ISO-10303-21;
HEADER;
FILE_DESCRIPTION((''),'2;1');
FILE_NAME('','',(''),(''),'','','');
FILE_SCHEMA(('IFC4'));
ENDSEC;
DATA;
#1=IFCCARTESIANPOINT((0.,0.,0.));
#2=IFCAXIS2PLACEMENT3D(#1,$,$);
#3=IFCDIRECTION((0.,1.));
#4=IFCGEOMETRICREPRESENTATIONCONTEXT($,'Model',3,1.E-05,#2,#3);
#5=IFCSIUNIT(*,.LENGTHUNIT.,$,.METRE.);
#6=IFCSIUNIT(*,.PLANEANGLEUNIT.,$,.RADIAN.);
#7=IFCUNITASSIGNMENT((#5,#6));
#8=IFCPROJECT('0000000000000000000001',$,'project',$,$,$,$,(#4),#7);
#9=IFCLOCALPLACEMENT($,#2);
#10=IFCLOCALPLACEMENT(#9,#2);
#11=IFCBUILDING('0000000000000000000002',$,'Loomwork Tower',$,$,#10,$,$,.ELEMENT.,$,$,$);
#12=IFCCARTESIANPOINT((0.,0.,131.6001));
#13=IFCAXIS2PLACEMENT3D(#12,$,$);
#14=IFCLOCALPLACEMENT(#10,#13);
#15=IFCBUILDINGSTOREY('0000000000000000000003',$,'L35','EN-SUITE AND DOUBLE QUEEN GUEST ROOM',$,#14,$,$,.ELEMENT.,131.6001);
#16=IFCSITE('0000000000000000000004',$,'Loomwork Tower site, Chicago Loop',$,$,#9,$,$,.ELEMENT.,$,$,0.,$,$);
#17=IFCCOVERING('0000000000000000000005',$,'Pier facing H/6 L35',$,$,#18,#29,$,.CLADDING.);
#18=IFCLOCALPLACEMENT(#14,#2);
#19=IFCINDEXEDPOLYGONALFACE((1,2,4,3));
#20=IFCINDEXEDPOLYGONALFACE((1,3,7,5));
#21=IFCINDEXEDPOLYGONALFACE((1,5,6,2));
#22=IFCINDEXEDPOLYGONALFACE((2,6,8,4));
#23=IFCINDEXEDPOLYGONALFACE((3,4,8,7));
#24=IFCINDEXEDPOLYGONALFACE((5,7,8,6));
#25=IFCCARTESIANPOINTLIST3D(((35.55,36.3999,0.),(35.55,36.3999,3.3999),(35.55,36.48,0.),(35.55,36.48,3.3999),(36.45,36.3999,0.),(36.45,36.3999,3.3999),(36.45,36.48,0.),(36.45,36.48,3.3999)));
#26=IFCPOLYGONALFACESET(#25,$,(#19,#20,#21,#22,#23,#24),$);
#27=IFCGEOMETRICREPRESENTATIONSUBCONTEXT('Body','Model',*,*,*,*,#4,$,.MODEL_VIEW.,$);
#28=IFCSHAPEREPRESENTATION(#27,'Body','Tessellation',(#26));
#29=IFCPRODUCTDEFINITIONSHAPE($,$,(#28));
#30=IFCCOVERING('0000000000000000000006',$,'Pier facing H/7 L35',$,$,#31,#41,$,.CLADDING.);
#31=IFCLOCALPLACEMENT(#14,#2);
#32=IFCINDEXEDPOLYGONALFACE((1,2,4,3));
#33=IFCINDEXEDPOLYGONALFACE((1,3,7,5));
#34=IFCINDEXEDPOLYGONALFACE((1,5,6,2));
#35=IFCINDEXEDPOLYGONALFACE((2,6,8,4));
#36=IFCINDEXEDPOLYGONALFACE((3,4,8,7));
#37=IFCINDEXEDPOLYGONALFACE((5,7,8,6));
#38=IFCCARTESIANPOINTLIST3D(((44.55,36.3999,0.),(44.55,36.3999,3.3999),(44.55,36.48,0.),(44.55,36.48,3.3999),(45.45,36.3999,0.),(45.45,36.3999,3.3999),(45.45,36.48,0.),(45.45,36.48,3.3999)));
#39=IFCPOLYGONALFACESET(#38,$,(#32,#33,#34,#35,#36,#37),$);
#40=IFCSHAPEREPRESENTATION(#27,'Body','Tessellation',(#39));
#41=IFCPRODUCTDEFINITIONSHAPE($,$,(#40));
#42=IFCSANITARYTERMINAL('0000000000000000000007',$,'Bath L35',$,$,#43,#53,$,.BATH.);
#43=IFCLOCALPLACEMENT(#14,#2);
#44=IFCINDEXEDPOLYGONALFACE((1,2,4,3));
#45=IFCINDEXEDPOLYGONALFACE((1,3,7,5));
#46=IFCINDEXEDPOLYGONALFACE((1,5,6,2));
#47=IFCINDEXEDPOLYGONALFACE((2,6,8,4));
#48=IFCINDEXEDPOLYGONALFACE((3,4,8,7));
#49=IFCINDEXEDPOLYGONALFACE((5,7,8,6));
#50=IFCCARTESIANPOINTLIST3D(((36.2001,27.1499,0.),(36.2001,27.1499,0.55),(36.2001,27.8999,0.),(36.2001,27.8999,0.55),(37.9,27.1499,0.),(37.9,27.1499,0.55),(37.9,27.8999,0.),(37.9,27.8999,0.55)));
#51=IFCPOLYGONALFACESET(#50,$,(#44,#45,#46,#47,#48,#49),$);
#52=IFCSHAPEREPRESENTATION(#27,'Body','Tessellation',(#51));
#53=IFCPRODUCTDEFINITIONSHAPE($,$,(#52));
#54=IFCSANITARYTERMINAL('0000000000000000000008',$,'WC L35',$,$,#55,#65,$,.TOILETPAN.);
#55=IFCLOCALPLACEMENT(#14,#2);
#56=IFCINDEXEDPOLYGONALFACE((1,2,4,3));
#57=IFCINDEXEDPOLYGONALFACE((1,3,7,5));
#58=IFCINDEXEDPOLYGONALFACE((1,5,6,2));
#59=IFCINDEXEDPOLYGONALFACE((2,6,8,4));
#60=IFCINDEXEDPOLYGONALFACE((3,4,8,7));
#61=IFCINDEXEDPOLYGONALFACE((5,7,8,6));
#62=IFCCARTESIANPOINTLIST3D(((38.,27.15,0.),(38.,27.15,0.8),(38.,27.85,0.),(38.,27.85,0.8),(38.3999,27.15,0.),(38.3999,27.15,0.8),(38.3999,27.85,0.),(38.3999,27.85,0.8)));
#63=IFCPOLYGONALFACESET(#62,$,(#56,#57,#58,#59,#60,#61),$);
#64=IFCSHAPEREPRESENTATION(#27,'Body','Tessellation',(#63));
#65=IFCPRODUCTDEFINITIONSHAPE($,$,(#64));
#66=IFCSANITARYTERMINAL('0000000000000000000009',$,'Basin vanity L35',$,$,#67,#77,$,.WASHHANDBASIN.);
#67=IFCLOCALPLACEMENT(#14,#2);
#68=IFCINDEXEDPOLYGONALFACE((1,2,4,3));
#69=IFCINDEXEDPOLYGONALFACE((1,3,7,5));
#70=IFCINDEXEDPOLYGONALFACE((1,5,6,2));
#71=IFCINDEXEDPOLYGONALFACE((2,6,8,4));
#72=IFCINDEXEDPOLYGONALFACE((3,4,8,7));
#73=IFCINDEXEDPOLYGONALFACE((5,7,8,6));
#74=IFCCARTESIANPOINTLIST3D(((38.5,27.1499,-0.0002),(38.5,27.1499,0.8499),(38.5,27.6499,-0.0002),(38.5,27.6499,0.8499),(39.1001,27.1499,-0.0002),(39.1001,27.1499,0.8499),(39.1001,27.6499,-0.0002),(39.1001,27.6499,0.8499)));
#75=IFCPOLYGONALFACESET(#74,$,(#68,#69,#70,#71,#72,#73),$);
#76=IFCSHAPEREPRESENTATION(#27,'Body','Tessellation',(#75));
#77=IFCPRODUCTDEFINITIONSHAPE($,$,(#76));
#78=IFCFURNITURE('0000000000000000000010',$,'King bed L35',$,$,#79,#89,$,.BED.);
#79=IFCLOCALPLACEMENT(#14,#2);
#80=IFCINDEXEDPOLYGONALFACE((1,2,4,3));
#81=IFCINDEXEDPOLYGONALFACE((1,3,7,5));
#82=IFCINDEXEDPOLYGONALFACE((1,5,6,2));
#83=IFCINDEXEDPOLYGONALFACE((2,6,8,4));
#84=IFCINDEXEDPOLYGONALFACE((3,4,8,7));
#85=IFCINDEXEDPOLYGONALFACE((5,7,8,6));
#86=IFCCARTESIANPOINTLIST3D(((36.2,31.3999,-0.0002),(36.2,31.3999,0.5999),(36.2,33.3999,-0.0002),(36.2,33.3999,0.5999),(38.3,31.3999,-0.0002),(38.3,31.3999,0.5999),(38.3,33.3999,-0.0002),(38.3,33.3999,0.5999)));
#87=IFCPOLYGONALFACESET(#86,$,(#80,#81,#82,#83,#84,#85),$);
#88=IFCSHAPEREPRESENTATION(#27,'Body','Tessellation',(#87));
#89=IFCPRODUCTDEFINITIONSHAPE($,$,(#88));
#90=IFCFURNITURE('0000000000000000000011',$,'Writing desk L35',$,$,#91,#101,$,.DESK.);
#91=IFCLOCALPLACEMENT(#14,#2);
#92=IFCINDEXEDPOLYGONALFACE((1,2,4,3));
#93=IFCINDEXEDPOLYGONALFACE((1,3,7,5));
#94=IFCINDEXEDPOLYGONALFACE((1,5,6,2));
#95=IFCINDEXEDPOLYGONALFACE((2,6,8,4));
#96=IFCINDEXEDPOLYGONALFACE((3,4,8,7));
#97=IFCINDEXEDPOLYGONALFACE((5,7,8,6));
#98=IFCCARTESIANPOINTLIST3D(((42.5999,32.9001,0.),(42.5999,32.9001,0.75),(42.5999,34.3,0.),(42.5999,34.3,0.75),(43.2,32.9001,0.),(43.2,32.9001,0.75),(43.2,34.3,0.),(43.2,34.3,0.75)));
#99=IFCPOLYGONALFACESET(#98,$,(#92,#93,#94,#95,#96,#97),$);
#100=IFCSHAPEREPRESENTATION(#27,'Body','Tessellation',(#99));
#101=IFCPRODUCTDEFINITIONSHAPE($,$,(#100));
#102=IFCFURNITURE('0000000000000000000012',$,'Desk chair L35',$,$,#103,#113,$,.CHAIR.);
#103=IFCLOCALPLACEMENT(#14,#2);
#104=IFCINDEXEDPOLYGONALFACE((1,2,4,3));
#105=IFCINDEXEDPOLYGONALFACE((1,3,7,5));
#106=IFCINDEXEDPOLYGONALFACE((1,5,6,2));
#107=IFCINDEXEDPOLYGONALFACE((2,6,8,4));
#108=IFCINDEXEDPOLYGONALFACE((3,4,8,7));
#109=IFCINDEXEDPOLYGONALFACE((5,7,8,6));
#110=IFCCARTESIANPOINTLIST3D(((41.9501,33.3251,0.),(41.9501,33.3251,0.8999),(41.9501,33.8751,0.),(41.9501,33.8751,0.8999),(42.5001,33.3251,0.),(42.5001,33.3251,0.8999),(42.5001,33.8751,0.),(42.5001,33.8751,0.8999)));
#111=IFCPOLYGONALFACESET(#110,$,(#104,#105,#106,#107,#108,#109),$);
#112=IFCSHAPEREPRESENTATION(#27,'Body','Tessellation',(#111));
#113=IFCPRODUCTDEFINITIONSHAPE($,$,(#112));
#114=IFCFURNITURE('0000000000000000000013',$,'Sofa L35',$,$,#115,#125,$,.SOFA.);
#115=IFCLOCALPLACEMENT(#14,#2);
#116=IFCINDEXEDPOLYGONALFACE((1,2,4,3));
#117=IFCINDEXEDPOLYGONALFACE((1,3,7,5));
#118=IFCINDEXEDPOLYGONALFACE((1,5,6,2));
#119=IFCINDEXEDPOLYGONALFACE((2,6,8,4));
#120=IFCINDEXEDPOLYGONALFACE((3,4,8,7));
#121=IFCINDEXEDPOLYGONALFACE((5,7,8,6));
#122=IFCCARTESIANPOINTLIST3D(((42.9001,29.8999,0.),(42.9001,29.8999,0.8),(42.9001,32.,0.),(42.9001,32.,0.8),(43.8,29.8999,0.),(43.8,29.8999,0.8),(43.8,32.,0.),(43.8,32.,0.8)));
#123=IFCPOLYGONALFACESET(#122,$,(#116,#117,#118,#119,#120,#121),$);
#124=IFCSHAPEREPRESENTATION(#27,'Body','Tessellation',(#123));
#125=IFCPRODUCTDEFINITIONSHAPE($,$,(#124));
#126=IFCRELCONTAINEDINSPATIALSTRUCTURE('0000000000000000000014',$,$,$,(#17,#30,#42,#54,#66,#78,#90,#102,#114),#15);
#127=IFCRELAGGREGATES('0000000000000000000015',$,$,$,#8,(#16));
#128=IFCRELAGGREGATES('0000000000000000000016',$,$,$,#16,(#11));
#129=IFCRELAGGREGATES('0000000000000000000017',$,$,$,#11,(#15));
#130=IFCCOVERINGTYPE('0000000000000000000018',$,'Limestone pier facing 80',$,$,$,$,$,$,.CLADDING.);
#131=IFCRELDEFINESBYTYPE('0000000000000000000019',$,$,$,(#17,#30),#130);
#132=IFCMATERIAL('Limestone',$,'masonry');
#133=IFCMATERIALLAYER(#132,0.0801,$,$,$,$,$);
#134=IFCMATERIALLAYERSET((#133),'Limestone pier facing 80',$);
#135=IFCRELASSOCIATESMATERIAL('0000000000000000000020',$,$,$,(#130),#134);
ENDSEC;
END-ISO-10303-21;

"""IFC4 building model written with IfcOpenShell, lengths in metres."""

from ifc_helpers import new_model, si_unit, direction, frame, origin, origin_2d, place, context, subcontext, project, spatial, rectangle, extrude, material, layer, layer_set, type_object, element, save


model = new_model("IFC4")

# Units and contexts
model_context = context("Model", 3, precision=1e-05, world=origin(), true_north=direction((0.0, 1.0)))
body_context = subcontext(model_context, "Body", "Model", "MODEL_VIEW")
ifc_project = project(units=[si_unit("LENGTHUNIT", "METRE"), si_unit("PLANEANGLEUNIT", "RADIAN")], contexts=[model_context])

# Site, building, storey
site_placement = place(None, origin())
site = spatial("IfcSite", under=ifc_project, at=site_placement, Name="Loomwork Tower site, Chicago Loop", CompositionType="ELEMENT", RefElevation=0.0)
building_placement = place(site_placement, origin())
building = spatial("IfcBuilding", under=site, at=building_placement, Name="Loomwork Tower", CompositionType="ELEMENT")
storey_placement = place(building_placement, frame((0.0, 0.0, 131.6001)))
storey = spatial("IfcBuildingStorey", under=building, at=storey_placement, Name="L35", Description="EN-SUITE AND DOUBLE QUEEN GUEST ROOM", CompositionType="ELEMENT", Elevation=131.6001)

# Coverings
ifc_material_1 = material(Name="Limestone", Category="masonry")
ifc_layer_1 = layer(ifc_material_1, 0.0801)
ifc_layer_set_1 = layer_set([ifc_layer_1], Name="Limestone pier facing 80")
covering_type = type_object("IfcCoveringType", Name="Limestone pier facing 80", PredefinedType="CLADDING", material=ifc_layer_set_1)
for number, where, z_axis, x_axis, name in (
    (1, (36.0, 36.4399, 0.0), (0.0, 0.0, 1.0), (1.0, 0.0, 0.0), "Pier facing H/6 L35"),
    (2, (45.0, 36.4399, 0.0), (0.0, 0.0, 1.0), (1.0, 0.0, 0.0), "Pier facing H/7 L35"),
):
    element("IfcCovering", number, at=place(storey_placement, frame(where, z_axis=z_axis, x_axis=x_axis)), inside=storey, type_object=covering_type, Name=name, PredefinedType="CLADDING", context=body_context, shape_type="SweptSolid", body=[
        extrude(rectangle(XDim=0.8999, YDim=0.0801, at=origin_2d()), origin(), (0.0, 0.0, 1.0), 3.3999),
    ])

# Sanitary terminals
sanitary_terminal_1_placement = place(storey_placement, frame((37.05, 27.5249, 0.0), z_axis=(0.0, 0.0, 1.0), x_axis=(1.0, 0.0, 0.0)))
element("IfcSanitaryTerminal", 3, at=sanitary_terminal_1_placement, inside=storey, Name="Bath L35", PredefinedType="BATH", context=body_context, shape_type="SweptSolid", body=[
    extrude(rectangle(XDim=1.7, YDim=0.75, at=origin_2d()), origin(), (0.0, 0.0, 1.0), 0.55),
])
sanitary_terminal_2_placement = place(storey_placement, frame((38.2, 27.5, 0.0), z_axis=(0.0, 0.0, 1.0), x_axis=(1.0, 0.0, 0.0)))
element("IfcSanitaryTerminal", 4, at=sanitary_terminal_2_placement, inside=storey, Name="WC L35", PredefinedType="TOILETPAN", context=body_context, shape_type="SweptSolid", body=[
    extrude(rectangle(XDim=0.3999, YDim=0.7, at=origin_2d()), origin(), (0.0, 0.0, 1.0), 0.8),
])
sanitary_terminal_3_placement = place(storey_placement, frame((38.8, 27.3999, -0.0002), z_axis=(0.0, 0.0, 1.0), x_axis=(1.0, 0.0, 0.0)))
element("IfcSanitaryTerminal", 5, at=sanitary_terminal_3_placement, inside=storey, Name="Basin vanity L35", PredefinedType="WASHHANDBASIN", context=body_context, shape_type="SweptSolid", body=[
    extrude(rectangle(XDim=0.6001, YDim=0.5, at=origin_2d()), origin(), (0.0, 0.0, 1.0), 0.8501),
])

# Furniture
furniture_1_placement = place(storey_placement, frame((37.25, 32.3999, -0.0002), z_axis=(0.0, 0.0, 1.0), x_axis=(1.0, 0.0, 0.0)))
element("IfcFurniture", 6, at=furniture_1_placement, inside=storey, Name="King bed L35", PredefinedType="BED", context=body_context, shape_type="SweptSolid", body=[
    extrude(rectangle(XDim=2.1001, YDim=2.0, at=origin_2d()), origin(), (0.0, 0.0, 1.0), 0.6001),
])
furniture_2_placement = place(storey_placement, frame((42.8999, 33.6001, 0.0), z_axis=(0.0, 0.0, 1.0), x_axis=(1.0, 0.0, 0.0)))
element("IfcFurniture", 7, at=furniture_2_placement, inside=storey, Name="Writing desk L35", PredefinedType="DESK", context=body_context, shape_type="SweptSolid", body=[
    extrude(rectangle(XDim=0.6001, YDim=1.3999, at=origin_2d()), origin(), (0.0, 0.0, 1.0), 0.75),
])
furniture_3_placement = place(storey_placement, frame((42.2251, 33.6001, 0.0), z_axis=(0.0, 0.0, 1.0), x_axis=(1.0, 0.0, 0.0)))
element("IfcFurniture", 8, at=furniture_3_placement, inside=storey, Name="Desk chair L35", PredefinedType="CHAIR", context=body_context, shape_type="SweptSolid", body=[
    extrude(rectangle(XDim=0.55, YDim=0.55, at=origin_2d()), origin(), (0.0, 0.0, 1.0), 0.8999),
])
furniture_4_placement = place(storey_placement, frame((43.3501, 30.95, 0.0), z_axis=(0.0, 0.0, 1.0), x_axis=(1.0, 0.0, 0.0)))
element("IfcFurniture", 9, at=furniture_4_placement, inside=storey, Name="Sofa L35", PredefinedType="SOFA", context=body_context, shape_type="SweptSolid", body=[
    extrude(rectangle(XDim=0.8999, YDim=2.1001, at=origin_2d()), origin(), (0.0, 0.0, 1.0), 0.8),
])

save(model, "model.ifc")
